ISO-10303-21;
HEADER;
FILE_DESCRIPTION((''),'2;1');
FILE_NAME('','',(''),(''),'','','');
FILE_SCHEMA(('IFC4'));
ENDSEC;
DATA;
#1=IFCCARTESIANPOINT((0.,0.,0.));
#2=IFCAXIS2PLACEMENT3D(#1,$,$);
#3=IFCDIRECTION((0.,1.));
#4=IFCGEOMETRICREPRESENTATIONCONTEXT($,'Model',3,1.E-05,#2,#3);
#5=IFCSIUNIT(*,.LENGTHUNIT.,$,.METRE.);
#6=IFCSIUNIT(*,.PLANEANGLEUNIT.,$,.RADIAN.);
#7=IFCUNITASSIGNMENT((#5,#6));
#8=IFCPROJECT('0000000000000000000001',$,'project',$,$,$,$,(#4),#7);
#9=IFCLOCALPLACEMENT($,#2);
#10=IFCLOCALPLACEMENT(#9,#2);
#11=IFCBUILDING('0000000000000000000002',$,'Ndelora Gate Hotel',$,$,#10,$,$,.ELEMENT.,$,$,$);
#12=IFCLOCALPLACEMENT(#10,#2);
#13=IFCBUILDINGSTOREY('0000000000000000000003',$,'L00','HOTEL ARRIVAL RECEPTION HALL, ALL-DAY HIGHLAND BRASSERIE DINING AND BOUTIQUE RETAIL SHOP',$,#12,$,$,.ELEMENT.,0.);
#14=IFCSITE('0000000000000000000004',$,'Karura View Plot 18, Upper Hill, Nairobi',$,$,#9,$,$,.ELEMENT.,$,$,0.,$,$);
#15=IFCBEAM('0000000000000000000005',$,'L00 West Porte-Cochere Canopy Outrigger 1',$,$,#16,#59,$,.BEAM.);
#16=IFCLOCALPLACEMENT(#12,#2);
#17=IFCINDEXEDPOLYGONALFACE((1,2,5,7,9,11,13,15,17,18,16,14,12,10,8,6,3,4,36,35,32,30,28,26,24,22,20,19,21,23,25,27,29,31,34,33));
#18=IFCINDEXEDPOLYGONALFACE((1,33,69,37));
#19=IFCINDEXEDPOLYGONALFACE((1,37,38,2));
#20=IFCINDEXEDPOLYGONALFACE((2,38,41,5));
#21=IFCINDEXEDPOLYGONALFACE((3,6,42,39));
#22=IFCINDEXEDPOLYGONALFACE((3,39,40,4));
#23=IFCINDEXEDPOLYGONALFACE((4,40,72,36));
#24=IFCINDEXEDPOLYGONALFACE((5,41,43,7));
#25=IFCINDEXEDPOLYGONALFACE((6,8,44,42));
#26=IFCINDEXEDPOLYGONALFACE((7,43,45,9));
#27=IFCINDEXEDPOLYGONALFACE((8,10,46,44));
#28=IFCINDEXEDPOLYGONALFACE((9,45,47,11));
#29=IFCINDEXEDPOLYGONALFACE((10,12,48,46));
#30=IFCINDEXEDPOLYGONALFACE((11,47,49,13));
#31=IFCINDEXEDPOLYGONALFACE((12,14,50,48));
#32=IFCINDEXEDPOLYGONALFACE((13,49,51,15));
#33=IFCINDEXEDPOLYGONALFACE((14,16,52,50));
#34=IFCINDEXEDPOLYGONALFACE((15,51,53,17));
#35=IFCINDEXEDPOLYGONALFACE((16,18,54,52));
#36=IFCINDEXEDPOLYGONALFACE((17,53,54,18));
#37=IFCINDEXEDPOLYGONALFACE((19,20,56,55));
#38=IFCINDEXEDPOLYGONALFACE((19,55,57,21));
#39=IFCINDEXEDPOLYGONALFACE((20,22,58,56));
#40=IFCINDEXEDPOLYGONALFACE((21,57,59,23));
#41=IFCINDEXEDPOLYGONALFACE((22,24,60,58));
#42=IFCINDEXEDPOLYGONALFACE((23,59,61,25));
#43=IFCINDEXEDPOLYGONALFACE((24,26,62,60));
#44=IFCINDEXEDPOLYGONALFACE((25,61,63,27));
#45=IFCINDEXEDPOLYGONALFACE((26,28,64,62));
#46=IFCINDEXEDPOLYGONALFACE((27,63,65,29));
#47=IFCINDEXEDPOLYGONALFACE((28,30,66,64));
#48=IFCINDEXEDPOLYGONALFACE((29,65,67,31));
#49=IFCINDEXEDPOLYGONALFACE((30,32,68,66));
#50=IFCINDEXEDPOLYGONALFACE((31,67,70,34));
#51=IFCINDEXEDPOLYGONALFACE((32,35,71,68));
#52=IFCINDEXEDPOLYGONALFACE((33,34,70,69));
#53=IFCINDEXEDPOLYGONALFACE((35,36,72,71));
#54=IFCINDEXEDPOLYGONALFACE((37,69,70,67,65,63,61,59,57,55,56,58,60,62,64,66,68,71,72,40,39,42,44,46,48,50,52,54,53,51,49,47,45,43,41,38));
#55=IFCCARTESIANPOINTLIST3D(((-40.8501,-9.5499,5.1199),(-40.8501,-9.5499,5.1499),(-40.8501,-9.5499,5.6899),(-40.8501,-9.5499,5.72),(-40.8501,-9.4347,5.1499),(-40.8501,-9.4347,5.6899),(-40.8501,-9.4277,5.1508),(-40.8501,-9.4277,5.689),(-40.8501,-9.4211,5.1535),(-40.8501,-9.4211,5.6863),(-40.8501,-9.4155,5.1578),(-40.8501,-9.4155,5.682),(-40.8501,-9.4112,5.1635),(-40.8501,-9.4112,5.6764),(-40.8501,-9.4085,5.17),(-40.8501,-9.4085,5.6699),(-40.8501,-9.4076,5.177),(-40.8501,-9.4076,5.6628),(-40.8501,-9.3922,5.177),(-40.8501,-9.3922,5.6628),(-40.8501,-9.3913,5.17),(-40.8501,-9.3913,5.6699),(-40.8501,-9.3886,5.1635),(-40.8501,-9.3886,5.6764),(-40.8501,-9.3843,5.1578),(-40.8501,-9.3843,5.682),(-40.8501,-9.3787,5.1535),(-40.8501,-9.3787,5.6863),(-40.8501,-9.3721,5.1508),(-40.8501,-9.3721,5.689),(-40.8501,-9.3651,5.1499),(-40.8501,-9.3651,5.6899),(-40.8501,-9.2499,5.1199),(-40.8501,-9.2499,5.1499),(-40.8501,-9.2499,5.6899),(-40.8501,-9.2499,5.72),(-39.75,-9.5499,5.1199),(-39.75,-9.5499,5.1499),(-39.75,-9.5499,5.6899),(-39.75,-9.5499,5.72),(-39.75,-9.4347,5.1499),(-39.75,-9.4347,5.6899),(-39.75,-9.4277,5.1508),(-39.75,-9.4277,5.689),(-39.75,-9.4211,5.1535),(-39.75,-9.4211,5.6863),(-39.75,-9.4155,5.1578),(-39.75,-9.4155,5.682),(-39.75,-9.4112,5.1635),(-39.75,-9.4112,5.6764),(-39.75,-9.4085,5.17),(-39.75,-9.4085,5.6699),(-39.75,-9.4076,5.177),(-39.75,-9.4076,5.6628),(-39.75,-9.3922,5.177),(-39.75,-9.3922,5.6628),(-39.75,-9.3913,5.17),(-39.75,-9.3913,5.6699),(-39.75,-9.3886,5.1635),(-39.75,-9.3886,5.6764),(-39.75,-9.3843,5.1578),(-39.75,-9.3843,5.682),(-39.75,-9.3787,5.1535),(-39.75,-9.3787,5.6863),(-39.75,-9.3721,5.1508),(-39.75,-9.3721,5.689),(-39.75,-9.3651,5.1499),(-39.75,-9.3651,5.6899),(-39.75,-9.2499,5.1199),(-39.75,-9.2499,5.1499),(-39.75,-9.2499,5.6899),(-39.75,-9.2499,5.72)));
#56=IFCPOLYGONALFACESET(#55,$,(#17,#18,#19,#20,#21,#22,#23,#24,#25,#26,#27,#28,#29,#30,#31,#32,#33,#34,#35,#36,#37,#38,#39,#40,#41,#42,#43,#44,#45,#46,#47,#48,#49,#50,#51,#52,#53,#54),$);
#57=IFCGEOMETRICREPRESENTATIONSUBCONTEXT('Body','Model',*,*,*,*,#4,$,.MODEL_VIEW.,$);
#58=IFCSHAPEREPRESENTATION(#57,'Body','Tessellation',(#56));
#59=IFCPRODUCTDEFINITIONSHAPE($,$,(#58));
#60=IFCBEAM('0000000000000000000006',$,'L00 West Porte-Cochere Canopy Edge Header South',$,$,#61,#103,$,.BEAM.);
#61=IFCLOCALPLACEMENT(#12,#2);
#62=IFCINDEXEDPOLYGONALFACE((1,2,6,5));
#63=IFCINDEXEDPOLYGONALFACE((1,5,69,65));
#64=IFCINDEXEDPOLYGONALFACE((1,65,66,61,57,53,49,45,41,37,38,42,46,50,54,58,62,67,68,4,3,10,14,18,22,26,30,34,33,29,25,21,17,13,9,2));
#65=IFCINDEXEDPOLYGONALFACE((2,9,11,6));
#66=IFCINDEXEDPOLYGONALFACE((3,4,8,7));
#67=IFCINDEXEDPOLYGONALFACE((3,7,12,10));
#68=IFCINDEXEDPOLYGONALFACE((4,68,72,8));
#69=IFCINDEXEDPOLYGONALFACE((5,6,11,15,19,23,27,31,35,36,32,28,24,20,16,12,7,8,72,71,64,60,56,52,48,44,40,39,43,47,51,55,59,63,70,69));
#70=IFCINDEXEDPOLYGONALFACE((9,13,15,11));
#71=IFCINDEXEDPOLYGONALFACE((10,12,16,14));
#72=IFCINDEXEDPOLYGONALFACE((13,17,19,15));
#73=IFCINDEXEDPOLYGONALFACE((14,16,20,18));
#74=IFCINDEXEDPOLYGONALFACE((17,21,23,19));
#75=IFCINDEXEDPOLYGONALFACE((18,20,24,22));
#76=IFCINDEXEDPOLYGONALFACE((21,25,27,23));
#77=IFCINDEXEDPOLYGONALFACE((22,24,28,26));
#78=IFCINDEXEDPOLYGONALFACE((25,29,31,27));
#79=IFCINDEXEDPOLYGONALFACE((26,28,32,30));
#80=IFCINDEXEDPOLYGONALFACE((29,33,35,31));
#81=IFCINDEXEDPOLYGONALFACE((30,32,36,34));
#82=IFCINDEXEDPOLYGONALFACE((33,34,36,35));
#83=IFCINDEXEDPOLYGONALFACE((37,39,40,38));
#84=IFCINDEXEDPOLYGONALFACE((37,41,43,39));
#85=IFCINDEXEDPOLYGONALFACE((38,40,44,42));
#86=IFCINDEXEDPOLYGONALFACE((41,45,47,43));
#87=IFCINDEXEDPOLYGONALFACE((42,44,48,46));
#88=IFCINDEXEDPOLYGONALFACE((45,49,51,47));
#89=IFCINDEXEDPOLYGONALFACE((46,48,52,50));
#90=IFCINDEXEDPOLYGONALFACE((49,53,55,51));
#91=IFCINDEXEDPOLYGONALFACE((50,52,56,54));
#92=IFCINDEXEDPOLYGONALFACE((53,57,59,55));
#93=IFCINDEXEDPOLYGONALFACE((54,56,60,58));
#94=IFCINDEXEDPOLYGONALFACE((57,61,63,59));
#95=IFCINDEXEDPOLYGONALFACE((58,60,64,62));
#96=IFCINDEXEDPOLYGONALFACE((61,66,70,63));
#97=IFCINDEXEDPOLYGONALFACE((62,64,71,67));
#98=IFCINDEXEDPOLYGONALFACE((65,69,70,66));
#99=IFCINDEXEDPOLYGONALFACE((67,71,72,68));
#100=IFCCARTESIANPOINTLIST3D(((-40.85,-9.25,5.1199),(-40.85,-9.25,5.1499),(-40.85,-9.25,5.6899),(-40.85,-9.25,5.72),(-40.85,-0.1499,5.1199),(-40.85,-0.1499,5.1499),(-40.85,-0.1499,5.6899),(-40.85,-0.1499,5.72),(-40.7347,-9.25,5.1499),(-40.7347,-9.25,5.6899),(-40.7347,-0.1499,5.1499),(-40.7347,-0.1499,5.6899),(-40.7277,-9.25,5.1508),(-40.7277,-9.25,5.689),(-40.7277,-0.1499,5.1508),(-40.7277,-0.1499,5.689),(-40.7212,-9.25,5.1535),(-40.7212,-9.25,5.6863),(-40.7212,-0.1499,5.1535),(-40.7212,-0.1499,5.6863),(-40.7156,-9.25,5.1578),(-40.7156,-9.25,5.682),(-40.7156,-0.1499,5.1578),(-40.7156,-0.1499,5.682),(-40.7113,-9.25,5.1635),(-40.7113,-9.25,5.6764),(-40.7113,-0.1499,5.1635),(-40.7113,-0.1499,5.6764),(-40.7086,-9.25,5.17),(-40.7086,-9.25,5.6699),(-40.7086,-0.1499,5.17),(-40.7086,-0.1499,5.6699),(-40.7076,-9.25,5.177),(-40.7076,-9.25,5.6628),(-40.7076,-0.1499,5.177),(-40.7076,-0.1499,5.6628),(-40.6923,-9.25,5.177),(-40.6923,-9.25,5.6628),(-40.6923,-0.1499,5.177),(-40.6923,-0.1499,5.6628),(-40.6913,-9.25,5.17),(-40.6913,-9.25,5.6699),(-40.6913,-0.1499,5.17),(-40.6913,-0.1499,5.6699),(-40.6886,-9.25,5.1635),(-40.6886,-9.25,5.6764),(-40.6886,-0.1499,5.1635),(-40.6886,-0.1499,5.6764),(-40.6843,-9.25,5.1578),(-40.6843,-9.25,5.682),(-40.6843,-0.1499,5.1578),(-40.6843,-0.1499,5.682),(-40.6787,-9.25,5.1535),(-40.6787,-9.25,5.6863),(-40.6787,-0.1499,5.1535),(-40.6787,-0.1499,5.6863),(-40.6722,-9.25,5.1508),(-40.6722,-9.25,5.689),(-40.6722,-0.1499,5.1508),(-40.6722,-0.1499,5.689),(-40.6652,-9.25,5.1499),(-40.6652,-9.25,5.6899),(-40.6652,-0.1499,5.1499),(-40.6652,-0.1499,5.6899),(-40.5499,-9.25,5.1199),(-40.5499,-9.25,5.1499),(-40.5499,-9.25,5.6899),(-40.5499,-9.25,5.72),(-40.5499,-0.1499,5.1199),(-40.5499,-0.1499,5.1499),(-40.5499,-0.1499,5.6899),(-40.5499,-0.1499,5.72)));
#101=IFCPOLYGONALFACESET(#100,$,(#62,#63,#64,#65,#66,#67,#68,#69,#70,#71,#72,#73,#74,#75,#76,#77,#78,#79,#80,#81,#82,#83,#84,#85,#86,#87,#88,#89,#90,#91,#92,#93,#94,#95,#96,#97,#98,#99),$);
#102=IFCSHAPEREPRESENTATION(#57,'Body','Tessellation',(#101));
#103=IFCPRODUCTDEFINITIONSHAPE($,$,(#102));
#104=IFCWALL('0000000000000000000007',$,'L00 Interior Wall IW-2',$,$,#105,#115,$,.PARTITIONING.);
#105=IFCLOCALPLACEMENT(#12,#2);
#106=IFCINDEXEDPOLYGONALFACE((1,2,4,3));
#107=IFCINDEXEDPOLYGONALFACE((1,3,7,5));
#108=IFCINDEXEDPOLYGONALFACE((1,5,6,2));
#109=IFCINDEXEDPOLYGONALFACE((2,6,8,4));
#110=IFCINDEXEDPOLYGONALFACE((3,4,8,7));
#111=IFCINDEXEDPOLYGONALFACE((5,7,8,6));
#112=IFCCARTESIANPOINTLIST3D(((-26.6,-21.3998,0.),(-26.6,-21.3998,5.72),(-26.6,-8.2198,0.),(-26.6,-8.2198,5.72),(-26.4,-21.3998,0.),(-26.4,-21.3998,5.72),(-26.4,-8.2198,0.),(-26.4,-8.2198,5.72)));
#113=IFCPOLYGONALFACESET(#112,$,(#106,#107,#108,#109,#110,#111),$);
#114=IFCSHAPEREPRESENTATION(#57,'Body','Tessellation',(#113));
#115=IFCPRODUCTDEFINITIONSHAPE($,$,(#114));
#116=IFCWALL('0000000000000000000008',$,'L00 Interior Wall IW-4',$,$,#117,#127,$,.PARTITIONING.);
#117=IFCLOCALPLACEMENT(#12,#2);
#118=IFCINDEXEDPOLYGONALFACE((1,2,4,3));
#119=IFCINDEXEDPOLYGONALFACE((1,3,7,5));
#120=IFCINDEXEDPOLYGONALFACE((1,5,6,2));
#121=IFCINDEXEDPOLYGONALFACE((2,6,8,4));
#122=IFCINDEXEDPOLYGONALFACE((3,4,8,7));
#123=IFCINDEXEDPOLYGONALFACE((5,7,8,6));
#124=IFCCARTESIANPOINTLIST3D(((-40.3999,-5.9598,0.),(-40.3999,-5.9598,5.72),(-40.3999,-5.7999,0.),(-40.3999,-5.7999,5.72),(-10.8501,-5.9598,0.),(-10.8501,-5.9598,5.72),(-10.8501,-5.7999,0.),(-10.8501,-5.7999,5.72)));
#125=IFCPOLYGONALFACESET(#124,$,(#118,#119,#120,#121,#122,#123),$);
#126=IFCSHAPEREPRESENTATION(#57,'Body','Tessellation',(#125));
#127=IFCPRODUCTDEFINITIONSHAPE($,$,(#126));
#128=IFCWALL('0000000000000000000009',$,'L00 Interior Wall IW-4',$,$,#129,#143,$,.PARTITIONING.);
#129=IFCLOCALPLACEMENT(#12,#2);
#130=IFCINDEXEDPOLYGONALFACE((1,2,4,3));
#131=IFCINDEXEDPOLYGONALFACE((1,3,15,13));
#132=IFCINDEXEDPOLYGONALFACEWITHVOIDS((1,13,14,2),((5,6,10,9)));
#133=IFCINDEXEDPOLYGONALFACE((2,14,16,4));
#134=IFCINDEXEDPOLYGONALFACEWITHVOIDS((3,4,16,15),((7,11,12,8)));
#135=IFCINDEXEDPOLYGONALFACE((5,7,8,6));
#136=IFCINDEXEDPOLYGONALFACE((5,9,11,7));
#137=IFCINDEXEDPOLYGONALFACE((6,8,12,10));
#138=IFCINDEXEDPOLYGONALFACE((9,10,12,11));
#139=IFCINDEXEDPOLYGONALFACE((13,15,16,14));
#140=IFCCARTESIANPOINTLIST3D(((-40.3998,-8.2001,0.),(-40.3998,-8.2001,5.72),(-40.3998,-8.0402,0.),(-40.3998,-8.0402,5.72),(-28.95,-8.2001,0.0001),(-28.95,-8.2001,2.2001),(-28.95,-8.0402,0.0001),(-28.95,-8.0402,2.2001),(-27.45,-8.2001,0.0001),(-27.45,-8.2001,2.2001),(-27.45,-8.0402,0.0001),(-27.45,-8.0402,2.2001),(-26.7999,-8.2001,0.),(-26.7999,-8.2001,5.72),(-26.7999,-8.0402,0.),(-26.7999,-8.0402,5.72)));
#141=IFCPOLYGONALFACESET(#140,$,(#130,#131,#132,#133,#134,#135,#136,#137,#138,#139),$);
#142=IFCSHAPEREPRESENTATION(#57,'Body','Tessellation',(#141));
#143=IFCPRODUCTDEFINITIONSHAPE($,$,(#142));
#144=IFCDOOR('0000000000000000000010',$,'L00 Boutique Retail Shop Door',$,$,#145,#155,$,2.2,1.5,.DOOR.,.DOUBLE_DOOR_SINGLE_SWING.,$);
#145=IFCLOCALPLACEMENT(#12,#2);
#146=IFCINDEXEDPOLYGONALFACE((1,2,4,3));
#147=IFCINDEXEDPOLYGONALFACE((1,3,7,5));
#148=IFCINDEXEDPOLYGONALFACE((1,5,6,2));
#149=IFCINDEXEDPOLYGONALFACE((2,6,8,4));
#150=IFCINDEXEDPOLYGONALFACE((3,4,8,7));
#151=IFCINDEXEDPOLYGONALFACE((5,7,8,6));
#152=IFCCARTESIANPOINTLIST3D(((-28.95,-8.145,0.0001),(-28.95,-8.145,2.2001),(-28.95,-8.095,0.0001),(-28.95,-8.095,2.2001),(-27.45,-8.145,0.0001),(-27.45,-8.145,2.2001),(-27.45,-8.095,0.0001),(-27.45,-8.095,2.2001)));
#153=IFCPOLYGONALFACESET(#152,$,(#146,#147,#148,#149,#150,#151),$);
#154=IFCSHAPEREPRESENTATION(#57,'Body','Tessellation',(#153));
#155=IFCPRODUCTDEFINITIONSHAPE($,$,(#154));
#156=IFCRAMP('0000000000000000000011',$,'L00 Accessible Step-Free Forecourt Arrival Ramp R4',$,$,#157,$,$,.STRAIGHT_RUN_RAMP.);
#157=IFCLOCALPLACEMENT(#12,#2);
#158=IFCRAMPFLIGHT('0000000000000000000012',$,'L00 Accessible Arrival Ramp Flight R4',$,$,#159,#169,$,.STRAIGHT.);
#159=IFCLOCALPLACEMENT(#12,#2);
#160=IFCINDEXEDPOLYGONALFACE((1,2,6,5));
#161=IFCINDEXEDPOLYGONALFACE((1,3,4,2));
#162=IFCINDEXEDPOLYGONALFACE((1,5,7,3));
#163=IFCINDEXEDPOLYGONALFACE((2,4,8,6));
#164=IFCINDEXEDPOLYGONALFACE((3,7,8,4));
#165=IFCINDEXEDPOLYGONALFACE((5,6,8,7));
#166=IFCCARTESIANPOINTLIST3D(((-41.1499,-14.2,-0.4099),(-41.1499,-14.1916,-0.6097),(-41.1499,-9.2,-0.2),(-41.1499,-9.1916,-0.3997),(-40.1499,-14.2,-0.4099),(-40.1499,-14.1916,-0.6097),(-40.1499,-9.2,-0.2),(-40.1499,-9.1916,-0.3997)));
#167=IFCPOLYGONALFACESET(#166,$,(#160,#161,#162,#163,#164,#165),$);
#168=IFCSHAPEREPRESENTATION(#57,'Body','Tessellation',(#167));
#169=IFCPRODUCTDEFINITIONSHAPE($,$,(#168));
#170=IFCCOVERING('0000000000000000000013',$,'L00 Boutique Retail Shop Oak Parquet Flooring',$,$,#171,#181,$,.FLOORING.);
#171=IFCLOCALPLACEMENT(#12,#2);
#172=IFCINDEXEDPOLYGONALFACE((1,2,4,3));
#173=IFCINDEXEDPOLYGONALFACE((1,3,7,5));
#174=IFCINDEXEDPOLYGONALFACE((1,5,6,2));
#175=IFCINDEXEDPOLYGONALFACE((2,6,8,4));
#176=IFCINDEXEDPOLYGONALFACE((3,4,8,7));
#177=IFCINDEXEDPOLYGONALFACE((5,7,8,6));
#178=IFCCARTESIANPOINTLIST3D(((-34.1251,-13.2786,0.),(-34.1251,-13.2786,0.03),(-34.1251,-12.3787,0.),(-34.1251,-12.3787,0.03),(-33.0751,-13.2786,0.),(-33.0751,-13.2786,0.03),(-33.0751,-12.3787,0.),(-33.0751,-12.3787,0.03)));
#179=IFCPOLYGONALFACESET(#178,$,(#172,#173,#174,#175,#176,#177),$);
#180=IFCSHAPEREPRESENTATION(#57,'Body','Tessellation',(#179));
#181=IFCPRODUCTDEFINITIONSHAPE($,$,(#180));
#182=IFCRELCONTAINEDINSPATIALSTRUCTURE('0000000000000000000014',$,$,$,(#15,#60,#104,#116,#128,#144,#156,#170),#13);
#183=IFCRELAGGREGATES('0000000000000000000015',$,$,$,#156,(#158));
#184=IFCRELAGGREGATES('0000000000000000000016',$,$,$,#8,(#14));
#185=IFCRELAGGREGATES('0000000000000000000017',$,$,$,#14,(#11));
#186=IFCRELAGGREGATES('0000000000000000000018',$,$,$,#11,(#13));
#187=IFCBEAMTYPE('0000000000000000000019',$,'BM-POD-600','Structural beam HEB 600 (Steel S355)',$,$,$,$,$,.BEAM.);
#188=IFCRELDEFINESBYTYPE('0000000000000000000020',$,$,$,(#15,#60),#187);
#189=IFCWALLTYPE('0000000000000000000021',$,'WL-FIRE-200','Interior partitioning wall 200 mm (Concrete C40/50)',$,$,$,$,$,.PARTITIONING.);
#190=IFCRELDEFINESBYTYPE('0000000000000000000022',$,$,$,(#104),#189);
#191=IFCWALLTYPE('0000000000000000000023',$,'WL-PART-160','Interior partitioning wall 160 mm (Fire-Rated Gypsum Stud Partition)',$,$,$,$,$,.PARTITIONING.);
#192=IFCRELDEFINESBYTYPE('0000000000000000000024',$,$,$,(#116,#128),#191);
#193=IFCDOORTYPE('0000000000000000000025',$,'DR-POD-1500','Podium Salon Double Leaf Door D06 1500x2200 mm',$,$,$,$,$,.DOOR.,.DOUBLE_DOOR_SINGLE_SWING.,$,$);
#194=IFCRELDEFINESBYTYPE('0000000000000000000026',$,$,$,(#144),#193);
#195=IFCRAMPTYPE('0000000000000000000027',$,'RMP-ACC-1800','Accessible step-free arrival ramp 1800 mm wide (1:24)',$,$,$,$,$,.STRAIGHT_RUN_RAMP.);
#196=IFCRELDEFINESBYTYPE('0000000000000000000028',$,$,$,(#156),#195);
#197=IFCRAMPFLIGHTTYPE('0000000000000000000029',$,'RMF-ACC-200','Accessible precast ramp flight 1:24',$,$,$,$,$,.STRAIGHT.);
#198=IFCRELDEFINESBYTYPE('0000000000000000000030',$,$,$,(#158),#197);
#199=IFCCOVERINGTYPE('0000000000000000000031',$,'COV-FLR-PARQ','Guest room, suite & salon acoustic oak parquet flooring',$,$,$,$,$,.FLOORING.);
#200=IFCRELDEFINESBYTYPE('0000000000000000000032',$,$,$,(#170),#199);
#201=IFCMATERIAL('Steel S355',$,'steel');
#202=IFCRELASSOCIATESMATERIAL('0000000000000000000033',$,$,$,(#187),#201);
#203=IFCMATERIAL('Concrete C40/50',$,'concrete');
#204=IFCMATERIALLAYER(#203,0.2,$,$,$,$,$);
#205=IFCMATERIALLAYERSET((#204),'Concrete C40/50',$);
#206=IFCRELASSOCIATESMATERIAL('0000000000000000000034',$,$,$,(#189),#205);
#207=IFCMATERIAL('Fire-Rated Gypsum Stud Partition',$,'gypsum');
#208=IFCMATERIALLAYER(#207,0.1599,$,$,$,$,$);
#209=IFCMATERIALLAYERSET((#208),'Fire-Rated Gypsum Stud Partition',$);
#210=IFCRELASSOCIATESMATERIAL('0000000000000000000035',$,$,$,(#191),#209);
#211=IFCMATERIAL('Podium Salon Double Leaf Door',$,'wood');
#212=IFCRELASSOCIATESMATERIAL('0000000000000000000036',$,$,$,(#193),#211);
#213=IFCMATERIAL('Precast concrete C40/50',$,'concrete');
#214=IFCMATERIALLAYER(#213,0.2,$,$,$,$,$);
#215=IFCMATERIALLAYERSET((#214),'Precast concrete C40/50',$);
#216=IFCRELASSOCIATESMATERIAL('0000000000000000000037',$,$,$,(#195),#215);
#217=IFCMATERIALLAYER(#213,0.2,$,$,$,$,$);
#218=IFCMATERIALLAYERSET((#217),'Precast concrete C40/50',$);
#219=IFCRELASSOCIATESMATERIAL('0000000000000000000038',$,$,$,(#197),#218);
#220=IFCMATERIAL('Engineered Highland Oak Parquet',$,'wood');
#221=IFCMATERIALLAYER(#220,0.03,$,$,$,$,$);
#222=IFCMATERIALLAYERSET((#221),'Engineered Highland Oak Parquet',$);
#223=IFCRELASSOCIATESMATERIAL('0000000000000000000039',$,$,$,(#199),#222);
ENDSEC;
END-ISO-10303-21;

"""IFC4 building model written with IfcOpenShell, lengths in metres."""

from ifc_helpers import new_model, si_unit, direction, frame, frame_2d, origin, origin_2d, place, context, subcontext, project, spatial, polyline, rectangle, i_section, outline, extrude, material, layer, layer_set, material_profile, profile_set, type_object, element, fill, aggregate, save


model = new_model("IFC4")

# Units and contexts
model_context = context("Model", 3, precision=1e-05, world=origin(), true_north=direction((0.0, 1.0)))
body_context = subcontext(model_context, "Body", "Model", "MODEL_VIEW")
ifc_project = project(units=[si_unit("LENGTHUNIT", "METRE"), si_unit("PLANEANGLEUNIT", "RADIAN")], contexts=[model_context])

# Site, building, storey
site_placement = place(None, origin())
site = spatial("IfcSite", under=ifc_project, at=site_placement, Name="Karura View Plot 18, Upper Hill, Nairobi", CompositionType="ELEMENT", RefElevation=0.0)
building_placement = place(site_placement, origin())
building = spatial("IfcBuilding", under=site, at=building_placement, Name="Ndelora Gate Hotel", CompositionType="ELEMENT")
storey_placement = place(building_placement, origin())
storey = spatial("IfcBuildingStorey", under=building, at=storey_placement, Name="L00", Description="HOTEL ARRIVAL RECEPTION HALL, ALL-DAY HIGHLAND BRASSERIE DINING AND BOUTIQUE RETAIL SHOP", CompositionType="ELEMENT", Elevation=0.0)

# Shared definitions
ifc_material_1 = material(Name="Concrete C40/50", Category="concrete")

# Beams
ifc_material_2 = material(Name="Steel S355", Category="steel")
ifc_material_profile_1 = material_profile(ifc_material_2, i_section(OverallWidth=0.3, OverallDepth=0.6001, WebThickness=0.0154, FlangeThickness=0.03, FilletRadius=0.0271, at=origin_2d()), Name="HEB 600")
ifc_profile_set_1 = profile_set([ifc_material_profile_1], Name="Steel S355")
beam_type_1 = type_object("IfcBeamType", Name="BM-POD-600", Description="Structural beam HEB 600 (Steel S355)", PredefinedType="BEAM", material=ifc_profile_set_1)
beam_1_placement = place(storey_placement, frame((-39.75, -9.3999, 5.4199), z_axis=(-1.0, 0.0, 0.0), x_axis=(0.0, -1.0, 0.0)))
element("IfcBeam", 1, at=beam_1_placement, inside=storey, type_object=beam_type_1, Name="L00 West Porte-Cochere Canopy Outrigger 1", PredefinedType="BEAM", context=body_context, shape_type="SweptSolid", body=[
    extrude(i_section(OverallWidth=0.3, OverallDepth=0.6001, WebThickness=0.0154, FlangeThickness=0.03, FilletRadius=0.0271, at=origin_2d()), origin(), (0.0, 0.0, 1.0), 1.1001),
])
beam_2_placement = place(storey_placement, frame((-40.7, -9.25, 5.4199), z_axis=(0.0, 1.0, 0.0), x_axis=(-1.0, 0.0, 0.0)))
element("IfcBeam", 2, at=beam_2_placement, inside=storey, type_object=beam_type_1, Name="L00 West Porte-Cochere Canopy Edge Header South", PredefinedType="BEAM", context=body_context, shape_type="SweptSolid", body=[
    extrude(i_section(OverallWidth=0.3, OverallDepth=0.6001, WebThickness=0.0154, FlangeThickness=0.03, FilletRadius=0.0271, at=origin_2d()), origin(), (0.0, 0.0, 1.0), 9.1001),
])

# Walls
ifc_layer_1 = layer(ifc_material_1, 0.2)
ifc_layer_set_1 = layer_set([ifc_layer_1], Name="Concrete C40/50")
wall_type_1 = type_object("IfcWallType", Name="WL-FIRE-200", Description="Interior partitioning wall 200 mm (Concrete C40/50)", PredefinedType="PARTITIONING", material=ifc_layer_set_1)
wall_1_placement = place(storey_placement, frame((-26.5, -8.22, 0.0), z_axis=(0.0, 0.0, 1.0), x_axis=(0.0, -1.0, 0.0)))
element("IfcWall", 3, at=wall_1_placement, inside=storey, type_object=wall_type_1, Name="L00 Interior Wall IW-2", PredefinedType="PARTITIONING", context=body_context, shape_type="SweptSolid", body=[
    extrude(rectangle(XDim=13.1799, YDim=0.2, at=frame_2d((6.5898, 0.0))), origin(), (0.0, 0.0, 1.0), 5.72),
])
ifc_material_3 = material(Name="Fire-Rated Gypsum Stud Partition", Category="gypsum")
ifc_layer_2 = layer(ifc_material_3, 0.1599)
ifc_layer_set_2 = layer_set([ifc_layer_2], Name="Fire-Rated Gypsum Stud Partition")
wall_type_2 = type_object("IfcWallType", Name="WL-PART-160", Description="Interior partitioning wall 160 mm (Fire-Rated Gypsum Stud Partition)", PredefinedType="PARTITIONING", material=ifc_layer_set_2)
wall_2_placement = place(storey_placement, frame((-40.3999, -5.8799, 0.0), z_axis=(0.0, 0.0, 1.0), x_axis=(1.0, 0.0, 0.0)))
element("IfcWall", 4, at=wall_2_placement, inside=storey, type_object=wall_type_2, Name="L00 Interior Wall IW-4", PredefinedType="PARTITIONING", context=body_context, shape_type="SweptSolid", body=[
    extrude(rectangle(XDim=29.5498, YDim=0.1599, at=frame_2d((14.7749, 0.0))), origin(), (0.0, 0.0, 1.0), 5.72),
])

# Wall, opening, door
wall_3_placement = place(storey_placement, frame((-26.8, -8.1201, 0.0), z_axis=(0.0, 0.0, 1.0), x_axis=(-1.0, 0.0, 0.0)))
wall_3 = element("IfcWall", 5, at=wall_3_placement, inside=storey, type_object=wall_type_2, Name="L00 Interior Wall IW-4", PredefinedType="PARTITIONING", context=body_context, shape_type="SweptSolid", body=[
    extrude(rectangle(XDim=13.5999, YDim=0.1599, at=frame_2d((6.7998, 0.0))), origin(), (0.0, 0.0, 1.0), 5.72),
])
opening_placement = place(wall_3_placement, frame((0.6499, 0.0, 0.0)))
opening = element("IfcOpeningElement", 6, at=opening_placement, cuts=wall_3, PredefinedType="OPENING", context=body_context, shape_type="SweptSolid", body=[
    extrude(rectangle(XDim=1.5, YDim=2.2, at=frame_2d((0.75, 1.1001))), frame((0.0, 0.0898, 0.0), z_axis=(0.0, -1.0, 0.0), x_axis=(1.0, 0.0, 0.0)), (0.0, 0.0, 1.0), 0.1799),
])
ifc_material_4 = material(Name="Podium Salon Double Leaf Door", Category="wood")
door_type = type_object("IfcDoorType", Name="DR-POD-1500", Description="Podium Salon Double Leaf Door D06 1500x2200 mm", OperationType="DOUBLE_DOOR_SINGLE_SWING", PredefinedType="DOOR", material=ifc_material_4)
door_placement = place(opening_placement, origin())
door = element("IfcDoor", 7, at=door_placement, inside=storey, type_object=door_type, Name="L00 Boutique Retail Shop Door", OperationType="DOUBLE_DOOR_SINGLE_SWING", OverallHeight=2.2, OverallWidth=1.5, PredefinedType="DOOR", context=body_context, shape_type="SweptSolid", body=[
    extrude(rectangle(XDim=1.5, YDim=2.2, at=frame_2d((0.75, 1.1001))), frame((0.0, 0.0249, 0.0), z_axis=(0.0, -1.0, 0.0), x_axis=(1.0, 0.0, 0.0)), (0.0, 0.0, 1.0), 0.05),
])
fill(opening, door)

# Ramp, ramp flight
ifc_material_5 = material(Name="Precast concrete C40/50", Category="concrete")
ifc_layer_3 = layer(ifc_material_5, 0.2)
ifc_layer_set_3 = layer_set([ifc_layer_3], Name="Precast concrete C40/50")
ramp_type = type_object("IfcRampType", Name="RMP-ACC-1800", Description="Accessible step-free arrival ramp 1800 mm wide (1:24)", PredefinedType="STRAIGHT_RUN_RAMP", material=ifc_layer_set_3)
ramp_placement = place(storey_placement, origin())
ramp = element("IfcRamp", 8, at=ramp_placement, inside=storey, type_object=ramp_type, Name="L00 Accessible Step-Free Forecourt Arrival Ramp R4", PredefinedType="STRAIGHT_RUN_RAMP")
ifc_layer_4 = layer(ifc_material_5, 0.2)
ifc_layer_set_4 = layer_set([ifc_layer_4], Name="Precast concrete C40/50")
ramp_flight_type = type_object("IfcRampFlightType", Name="RMF-ACC-200", Description="Accessible precast ramp flight 1:24", PredefinedType="STRAIGHT", material=ifc_layer_set_4)
ramp_flight_placement = place(storey_placement, frame((-40.1499, -14.2, -0.4099), z_axis=(0.0, -0.041955, 0.999119), x_axis=(0.0, 0.999119, 0.041955)))
ramp_flight = element("IfcRampFlight", 9, at=ramp_flight_placement, type_object=ramp_flight_type, Name="L00 Accessible Arrival Ramp Flight R4", PredefinedType="STRAIGHT", context=body_context, shape_type="SweptSolid", body=[
    extrude(outline(polyline([(0.0, 0.0), (5.0044, 0.0), (5.0044, 1.0), (0.0, 1.0), (0.0, 0.0)])), origin(), (0.0, 0.0, -1.0), 0.2),
])
aggregate(ramp, [ramp_flight])

# Covering
ifc_material_6 = material(Name="Engineered Highland Oak Parquet", Category="wood")
ifc_layer_5 = layer(ifc_material_6, 0.03)
ifc_layer_set_5 = layer_set([ifc_layer_5], Name="Engineered Highland Oak Parquet")
covering_type = type_object("IfcCoveringType", Name="COV-FLR-PARQ", Description="Guest room, suite & salon acoustic oak parquet flooring", PredefinedType="FLOORING", material=ifc_layer_set_5)
covering_placement = place(storey_placement, frame((-33.6001, -12.8286, 0.0), z_axis=(0.0, 0.0, 1.0), x_axis=(1.0, 0.0, 0.0)))
element("IfcCovering", 10, at=covering_placement, inside=storey, type_object=covering_type, Name="L00 Boutique Retail Shop Oak Parquet Flooring", PredefinedType="FLOORING", context=body_context, shape_type="SweptSolid", body=[
    extrude(rectangle(XDim=1.05, YDim=0.8999, at=origin_2d()), origin(), (0.0, 0.0, 1.0), 0.03),
])

save(model, "model.ifc")
